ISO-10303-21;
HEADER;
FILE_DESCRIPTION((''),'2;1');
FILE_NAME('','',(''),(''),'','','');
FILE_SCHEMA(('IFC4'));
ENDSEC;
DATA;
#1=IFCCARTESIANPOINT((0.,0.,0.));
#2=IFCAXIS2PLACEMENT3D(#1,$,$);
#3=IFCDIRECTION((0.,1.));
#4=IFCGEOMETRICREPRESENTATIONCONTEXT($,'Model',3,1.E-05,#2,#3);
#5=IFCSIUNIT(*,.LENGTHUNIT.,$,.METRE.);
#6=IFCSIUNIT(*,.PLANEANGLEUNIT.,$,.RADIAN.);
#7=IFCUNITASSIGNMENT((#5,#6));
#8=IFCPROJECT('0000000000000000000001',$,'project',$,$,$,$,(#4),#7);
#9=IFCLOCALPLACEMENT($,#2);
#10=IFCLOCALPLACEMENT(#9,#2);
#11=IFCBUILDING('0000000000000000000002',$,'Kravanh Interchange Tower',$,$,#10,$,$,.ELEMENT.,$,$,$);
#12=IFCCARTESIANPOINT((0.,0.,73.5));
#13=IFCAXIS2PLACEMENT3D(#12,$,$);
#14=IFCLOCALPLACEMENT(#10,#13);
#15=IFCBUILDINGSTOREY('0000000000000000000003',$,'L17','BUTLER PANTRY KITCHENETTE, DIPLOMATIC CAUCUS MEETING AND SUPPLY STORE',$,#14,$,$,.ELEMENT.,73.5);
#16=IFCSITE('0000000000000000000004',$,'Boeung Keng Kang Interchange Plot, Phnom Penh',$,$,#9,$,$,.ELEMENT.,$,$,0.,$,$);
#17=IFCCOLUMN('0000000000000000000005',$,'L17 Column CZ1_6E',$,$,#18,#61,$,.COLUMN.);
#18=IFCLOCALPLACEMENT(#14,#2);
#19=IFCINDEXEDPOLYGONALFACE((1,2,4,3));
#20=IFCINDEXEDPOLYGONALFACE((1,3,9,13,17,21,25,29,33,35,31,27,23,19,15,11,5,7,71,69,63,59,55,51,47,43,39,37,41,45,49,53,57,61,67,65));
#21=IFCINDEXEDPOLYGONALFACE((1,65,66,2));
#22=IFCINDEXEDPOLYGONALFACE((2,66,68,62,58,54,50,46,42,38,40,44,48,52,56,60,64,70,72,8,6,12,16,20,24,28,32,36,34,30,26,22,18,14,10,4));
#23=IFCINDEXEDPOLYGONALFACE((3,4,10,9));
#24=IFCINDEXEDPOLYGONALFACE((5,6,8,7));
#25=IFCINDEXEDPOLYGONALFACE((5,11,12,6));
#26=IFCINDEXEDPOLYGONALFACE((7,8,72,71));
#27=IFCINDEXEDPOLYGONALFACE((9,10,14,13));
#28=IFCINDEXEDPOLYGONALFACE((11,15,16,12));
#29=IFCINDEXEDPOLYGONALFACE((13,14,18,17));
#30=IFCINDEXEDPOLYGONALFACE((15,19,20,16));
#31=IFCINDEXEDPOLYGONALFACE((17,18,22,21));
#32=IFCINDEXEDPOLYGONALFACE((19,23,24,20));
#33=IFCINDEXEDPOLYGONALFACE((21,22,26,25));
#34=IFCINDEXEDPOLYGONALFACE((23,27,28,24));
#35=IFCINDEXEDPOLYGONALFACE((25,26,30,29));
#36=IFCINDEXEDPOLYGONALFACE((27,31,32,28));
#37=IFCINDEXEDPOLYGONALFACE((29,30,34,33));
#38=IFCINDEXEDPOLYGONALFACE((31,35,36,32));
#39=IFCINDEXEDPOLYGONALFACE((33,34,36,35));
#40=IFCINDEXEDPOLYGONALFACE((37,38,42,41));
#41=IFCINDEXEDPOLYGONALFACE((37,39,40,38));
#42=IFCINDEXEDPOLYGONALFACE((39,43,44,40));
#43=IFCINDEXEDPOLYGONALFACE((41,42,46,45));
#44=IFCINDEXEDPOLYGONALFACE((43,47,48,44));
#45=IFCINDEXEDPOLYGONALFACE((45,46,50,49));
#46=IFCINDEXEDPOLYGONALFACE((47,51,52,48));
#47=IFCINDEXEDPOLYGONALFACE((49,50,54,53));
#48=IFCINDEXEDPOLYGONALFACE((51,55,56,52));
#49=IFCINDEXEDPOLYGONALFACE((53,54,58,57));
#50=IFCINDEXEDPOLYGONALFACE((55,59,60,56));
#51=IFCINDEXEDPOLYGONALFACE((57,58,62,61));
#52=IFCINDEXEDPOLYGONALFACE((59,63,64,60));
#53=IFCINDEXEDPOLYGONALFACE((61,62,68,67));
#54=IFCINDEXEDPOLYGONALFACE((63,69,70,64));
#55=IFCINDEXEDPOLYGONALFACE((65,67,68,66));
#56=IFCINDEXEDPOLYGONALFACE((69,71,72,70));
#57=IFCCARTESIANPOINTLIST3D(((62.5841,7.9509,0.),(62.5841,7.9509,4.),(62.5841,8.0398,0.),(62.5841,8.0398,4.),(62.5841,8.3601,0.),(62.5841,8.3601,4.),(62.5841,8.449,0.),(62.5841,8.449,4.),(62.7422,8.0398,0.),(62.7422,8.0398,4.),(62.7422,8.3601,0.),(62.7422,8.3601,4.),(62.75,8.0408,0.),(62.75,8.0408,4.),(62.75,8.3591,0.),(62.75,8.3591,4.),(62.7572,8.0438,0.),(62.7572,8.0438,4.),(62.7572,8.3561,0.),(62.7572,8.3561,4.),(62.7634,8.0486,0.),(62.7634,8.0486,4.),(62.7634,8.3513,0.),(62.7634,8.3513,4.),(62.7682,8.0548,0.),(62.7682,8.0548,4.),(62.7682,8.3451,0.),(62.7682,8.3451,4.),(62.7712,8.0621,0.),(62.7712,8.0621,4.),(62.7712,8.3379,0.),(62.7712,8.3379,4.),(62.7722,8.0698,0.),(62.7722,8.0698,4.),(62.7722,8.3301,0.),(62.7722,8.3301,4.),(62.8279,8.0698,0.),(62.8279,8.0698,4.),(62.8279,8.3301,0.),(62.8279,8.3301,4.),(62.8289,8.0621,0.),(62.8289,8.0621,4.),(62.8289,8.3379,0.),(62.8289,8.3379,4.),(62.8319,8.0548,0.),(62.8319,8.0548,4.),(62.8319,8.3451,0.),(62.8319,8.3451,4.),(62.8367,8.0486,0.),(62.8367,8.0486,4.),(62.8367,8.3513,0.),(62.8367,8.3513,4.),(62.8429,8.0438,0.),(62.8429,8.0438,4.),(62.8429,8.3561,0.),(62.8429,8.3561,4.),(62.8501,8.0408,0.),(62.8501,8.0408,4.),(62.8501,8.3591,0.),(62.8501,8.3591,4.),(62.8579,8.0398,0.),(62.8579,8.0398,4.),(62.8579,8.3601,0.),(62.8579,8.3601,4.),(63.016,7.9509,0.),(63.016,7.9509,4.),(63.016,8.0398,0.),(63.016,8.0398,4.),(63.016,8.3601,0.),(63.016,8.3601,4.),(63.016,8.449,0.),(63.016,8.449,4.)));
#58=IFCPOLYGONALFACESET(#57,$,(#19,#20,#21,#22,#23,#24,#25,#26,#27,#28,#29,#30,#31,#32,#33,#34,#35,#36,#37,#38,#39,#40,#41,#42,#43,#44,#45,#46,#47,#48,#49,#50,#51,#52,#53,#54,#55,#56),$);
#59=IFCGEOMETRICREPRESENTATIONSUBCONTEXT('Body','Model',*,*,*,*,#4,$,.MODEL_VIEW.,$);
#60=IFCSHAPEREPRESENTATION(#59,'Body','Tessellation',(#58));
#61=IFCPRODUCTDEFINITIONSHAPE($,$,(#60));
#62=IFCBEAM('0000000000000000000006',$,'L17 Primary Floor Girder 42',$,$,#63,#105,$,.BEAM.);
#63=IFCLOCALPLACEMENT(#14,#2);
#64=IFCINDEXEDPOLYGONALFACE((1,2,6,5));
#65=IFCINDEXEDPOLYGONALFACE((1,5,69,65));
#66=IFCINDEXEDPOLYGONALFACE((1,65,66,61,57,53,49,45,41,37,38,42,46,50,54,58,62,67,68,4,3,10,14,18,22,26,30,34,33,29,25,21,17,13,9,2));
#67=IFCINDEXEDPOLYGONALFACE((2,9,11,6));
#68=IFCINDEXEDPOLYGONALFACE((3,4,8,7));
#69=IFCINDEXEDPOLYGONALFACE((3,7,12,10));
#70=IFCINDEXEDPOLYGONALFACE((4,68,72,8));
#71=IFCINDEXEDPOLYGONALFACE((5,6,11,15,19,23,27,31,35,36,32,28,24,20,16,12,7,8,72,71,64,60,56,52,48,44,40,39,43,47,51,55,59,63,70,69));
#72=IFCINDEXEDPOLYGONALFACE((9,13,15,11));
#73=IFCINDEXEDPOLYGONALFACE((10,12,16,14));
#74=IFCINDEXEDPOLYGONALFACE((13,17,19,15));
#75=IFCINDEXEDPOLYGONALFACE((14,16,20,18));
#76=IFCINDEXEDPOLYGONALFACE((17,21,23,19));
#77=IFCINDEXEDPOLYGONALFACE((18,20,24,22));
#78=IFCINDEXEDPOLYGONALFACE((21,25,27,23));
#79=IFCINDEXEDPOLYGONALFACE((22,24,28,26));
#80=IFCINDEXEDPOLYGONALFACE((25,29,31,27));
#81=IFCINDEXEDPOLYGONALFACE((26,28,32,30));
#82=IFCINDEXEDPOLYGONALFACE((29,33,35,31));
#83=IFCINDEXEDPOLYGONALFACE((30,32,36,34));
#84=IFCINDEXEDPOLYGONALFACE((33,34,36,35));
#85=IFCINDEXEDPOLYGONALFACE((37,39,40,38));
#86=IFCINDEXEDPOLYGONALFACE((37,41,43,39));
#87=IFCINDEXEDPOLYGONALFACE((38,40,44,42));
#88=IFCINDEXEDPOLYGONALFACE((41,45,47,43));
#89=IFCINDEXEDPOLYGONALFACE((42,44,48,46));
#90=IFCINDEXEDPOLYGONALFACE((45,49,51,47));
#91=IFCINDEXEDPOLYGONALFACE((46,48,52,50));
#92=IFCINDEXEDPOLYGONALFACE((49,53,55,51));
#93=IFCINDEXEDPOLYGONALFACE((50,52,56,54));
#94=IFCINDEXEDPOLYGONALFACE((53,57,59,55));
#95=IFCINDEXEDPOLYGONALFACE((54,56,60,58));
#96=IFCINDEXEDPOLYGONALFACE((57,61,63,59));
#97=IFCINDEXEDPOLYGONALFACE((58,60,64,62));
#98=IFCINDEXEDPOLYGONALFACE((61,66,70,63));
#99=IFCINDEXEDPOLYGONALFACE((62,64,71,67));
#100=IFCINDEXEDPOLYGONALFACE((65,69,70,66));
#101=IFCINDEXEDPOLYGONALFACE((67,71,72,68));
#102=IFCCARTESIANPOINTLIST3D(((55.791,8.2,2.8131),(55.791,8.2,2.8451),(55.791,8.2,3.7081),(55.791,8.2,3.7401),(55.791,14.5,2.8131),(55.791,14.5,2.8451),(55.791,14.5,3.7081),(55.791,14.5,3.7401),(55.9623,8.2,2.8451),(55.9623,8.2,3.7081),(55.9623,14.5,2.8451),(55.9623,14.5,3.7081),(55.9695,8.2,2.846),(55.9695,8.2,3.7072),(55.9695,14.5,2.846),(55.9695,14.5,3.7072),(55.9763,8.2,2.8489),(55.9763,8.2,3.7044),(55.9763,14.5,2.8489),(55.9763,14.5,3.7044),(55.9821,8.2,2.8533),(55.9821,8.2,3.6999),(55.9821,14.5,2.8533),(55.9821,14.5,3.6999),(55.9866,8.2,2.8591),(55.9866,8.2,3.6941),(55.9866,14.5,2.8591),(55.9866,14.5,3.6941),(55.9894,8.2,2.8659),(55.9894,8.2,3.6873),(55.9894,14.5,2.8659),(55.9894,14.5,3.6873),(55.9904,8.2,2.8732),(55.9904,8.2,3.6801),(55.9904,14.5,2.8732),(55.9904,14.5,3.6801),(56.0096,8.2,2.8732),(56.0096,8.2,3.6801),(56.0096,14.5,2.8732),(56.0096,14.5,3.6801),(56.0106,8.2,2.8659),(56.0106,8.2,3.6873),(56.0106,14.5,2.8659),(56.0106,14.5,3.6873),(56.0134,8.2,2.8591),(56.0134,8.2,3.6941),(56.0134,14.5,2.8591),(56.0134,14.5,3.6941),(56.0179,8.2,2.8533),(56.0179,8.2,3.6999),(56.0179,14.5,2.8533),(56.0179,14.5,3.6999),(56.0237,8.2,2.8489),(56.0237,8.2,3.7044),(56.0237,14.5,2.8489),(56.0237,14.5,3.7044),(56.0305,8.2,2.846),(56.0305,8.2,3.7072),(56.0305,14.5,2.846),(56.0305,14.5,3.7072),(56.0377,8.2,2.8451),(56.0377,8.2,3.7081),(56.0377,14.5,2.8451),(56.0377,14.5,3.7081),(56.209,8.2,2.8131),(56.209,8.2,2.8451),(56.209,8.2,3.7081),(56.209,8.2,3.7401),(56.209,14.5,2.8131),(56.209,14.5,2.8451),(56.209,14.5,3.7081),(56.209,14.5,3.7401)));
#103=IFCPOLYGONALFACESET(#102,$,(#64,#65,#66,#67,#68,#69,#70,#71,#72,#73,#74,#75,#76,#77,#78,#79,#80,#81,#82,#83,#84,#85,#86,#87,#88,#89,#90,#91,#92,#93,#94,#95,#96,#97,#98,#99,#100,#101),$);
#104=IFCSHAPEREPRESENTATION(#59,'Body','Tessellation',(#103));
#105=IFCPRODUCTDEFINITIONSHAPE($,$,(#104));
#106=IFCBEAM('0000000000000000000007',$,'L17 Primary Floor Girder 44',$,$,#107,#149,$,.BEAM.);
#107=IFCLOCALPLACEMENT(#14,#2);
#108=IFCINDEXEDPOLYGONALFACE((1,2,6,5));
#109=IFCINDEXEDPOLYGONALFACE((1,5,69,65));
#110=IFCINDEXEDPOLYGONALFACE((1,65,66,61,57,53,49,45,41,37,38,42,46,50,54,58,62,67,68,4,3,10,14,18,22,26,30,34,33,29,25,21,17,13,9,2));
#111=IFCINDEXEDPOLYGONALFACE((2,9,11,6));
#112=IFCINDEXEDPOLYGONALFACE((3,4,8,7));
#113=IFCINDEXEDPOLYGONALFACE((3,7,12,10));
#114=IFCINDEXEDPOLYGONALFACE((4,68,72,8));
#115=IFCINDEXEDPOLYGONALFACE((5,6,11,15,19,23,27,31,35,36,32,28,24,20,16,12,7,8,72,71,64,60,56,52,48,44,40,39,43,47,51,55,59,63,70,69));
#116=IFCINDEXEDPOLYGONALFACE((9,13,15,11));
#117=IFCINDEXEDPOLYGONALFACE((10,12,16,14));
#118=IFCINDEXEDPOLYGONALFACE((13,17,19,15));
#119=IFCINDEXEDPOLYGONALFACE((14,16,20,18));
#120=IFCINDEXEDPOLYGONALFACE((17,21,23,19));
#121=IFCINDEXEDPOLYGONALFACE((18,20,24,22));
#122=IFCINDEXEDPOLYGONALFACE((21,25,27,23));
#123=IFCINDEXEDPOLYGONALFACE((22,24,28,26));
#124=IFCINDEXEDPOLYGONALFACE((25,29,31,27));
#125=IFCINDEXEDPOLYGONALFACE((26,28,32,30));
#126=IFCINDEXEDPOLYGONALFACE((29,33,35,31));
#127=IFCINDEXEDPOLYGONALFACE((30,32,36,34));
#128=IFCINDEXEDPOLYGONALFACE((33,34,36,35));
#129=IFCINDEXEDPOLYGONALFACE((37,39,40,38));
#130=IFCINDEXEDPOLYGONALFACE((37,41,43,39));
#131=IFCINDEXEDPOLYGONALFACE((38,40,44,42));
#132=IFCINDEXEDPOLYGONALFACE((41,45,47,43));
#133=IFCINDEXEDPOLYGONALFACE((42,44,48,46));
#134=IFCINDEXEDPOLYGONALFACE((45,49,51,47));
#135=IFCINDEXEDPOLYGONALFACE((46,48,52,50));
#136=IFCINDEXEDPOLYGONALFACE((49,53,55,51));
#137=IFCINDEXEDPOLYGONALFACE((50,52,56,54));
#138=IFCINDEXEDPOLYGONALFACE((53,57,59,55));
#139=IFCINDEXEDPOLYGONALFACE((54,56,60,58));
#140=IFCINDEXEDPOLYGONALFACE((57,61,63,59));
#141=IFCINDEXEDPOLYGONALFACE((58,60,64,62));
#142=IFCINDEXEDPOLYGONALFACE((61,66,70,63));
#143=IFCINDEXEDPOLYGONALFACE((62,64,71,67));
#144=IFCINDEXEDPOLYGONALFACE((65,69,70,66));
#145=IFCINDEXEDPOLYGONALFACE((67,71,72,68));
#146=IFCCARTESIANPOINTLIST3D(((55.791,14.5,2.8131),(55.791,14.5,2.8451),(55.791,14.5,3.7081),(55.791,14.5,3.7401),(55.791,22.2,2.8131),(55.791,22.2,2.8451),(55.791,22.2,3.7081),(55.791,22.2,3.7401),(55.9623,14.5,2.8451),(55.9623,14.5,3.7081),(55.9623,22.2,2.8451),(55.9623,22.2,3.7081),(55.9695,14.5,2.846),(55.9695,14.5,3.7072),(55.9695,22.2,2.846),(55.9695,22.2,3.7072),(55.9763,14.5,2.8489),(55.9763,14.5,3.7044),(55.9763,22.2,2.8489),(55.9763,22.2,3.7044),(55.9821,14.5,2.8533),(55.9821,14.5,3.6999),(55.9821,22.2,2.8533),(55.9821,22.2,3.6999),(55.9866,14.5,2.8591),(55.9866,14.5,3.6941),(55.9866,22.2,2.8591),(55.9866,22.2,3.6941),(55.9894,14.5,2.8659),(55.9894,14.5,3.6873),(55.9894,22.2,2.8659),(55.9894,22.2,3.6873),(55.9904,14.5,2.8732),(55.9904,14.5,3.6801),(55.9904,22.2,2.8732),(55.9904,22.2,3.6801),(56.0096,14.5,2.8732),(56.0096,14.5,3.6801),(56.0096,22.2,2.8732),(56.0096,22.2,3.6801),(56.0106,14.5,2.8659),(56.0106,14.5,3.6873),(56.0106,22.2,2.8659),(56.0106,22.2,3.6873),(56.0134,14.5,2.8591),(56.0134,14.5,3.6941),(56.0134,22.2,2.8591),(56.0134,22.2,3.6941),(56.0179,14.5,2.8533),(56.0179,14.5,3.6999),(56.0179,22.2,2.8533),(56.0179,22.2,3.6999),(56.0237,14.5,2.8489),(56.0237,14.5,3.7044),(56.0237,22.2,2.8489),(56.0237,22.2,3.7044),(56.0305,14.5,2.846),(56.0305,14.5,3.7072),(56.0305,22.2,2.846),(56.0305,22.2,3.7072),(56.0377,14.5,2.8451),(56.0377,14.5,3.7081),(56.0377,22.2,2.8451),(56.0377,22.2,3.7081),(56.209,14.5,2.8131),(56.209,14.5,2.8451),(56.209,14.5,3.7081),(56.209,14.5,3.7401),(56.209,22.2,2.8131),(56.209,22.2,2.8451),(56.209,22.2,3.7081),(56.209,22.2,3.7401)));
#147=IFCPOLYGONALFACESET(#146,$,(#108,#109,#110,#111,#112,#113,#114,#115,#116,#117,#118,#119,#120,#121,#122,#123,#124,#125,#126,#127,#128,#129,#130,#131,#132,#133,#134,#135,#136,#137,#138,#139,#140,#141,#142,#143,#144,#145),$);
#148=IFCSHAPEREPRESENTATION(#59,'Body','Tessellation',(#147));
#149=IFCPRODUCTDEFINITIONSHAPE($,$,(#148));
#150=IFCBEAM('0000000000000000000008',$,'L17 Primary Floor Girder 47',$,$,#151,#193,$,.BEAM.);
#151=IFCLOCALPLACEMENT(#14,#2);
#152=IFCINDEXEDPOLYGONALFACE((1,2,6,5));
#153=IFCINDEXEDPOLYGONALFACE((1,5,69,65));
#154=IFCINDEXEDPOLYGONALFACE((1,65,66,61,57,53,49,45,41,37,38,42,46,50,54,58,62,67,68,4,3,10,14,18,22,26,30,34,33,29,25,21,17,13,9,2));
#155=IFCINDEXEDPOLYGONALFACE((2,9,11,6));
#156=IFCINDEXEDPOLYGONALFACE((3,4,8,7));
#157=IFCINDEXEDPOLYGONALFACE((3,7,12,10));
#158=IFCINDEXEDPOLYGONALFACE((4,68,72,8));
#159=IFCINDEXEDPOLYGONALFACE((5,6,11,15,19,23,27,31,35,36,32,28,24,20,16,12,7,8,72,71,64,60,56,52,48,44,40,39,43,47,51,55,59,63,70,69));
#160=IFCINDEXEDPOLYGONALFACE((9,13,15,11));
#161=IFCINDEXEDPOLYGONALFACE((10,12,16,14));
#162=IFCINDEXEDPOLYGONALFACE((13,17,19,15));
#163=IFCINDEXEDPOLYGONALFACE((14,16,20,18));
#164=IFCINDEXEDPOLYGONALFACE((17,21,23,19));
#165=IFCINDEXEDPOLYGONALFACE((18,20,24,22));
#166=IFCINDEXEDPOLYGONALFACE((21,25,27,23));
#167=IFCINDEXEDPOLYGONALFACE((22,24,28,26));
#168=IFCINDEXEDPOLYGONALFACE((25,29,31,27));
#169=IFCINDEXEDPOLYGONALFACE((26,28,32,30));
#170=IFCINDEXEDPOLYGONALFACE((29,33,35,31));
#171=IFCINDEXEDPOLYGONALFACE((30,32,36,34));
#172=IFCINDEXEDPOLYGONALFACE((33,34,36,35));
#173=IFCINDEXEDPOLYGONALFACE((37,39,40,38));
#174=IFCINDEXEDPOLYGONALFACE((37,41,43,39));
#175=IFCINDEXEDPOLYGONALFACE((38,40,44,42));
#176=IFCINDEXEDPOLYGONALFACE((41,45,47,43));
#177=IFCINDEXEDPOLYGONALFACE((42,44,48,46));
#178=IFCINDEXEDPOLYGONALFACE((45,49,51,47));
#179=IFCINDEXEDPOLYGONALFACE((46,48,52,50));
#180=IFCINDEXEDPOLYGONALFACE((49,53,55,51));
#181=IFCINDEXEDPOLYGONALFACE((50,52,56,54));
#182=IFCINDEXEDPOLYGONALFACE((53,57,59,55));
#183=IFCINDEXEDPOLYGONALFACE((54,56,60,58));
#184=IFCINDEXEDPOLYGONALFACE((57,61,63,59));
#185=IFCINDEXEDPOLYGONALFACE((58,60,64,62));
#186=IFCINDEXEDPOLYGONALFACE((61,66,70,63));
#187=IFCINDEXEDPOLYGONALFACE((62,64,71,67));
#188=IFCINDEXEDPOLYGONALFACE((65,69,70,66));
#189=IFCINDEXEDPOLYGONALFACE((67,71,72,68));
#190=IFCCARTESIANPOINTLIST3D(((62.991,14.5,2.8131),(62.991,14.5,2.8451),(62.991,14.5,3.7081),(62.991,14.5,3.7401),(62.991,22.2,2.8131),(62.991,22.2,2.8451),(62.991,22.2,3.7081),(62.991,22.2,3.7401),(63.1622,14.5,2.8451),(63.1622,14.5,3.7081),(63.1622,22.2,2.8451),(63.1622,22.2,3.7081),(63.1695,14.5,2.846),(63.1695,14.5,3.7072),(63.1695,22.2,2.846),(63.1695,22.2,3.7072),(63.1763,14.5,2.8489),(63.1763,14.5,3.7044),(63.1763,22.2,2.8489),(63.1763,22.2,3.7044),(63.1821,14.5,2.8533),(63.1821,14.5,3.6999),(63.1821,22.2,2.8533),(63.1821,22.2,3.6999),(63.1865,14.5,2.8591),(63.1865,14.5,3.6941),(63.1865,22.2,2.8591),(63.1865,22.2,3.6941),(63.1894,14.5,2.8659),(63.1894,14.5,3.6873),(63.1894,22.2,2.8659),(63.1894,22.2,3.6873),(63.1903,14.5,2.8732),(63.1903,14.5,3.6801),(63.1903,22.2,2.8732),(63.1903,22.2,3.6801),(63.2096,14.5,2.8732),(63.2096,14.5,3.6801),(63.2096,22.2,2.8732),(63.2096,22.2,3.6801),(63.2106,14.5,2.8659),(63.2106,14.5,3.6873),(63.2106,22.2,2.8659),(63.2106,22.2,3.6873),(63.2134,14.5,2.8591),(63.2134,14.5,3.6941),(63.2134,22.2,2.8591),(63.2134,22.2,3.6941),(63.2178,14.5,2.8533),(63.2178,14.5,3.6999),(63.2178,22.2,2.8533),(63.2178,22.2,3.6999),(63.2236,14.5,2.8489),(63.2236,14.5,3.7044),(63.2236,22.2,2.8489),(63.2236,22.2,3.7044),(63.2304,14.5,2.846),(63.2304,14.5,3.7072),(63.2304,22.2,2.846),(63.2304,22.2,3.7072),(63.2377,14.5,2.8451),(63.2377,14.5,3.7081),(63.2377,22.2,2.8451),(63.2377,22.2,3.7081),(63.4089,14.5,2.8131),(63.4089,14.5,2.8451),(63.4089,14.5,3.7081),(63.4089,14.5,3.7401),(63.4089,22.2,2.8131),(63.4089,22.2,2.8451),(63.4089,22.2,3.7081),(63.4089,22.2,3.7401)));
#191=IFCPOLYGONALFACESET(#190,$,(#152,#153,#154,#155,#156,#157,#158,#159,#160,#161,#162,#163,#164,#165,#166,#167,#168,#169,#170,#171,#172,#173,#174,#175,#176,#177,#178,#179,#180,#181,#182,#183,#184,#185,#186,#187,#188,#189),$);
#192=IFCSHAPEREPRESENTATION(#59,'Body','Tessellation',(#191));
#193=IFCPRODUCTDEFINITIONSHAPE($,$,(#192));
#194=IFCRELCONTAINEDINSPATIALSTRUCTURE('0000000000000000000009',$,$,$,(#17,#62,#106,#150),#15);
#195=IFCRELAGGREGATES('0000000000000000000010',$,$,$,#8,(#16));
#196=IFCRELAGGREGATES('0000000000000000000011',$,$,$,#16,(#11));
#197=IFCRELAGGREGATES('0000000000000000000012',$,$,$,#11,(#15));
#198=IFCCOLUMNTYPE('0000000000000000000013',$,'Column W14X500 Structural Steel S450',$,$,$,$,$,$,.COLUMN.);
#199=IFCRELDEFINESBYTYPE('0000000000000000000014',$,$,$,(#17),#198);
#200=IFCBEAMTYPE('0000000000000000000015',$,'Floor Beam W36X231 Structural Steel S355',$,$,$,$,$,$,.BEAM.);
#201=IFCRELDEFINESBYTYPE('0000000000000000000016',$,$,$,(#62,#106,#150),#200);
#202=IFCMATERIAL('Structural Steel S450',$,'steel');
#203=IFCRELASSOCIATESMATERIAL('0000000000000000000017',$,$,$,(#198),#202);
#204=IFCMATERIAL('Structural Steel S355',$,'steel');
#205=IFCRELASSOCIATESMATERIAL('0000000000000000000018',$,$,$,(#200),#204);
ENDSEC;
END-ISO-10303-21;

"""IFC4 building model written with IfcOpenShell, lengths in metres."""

from ifc_helpers import new_model, si_unit, direction, frame, origin, origin_2d, place, context, subcontext, project, spatial, i_section, extrude, material, material_profile, profile_set, type_object, element, save


model = new_model("IFC4")

# Units and contexts
model_context = context("Model", 3, precision=1e-05, world=origin(), true_north=direction((0.0, 1.0)))
body_context = subcontext(model_context, "Body", "Model", "MODEL_VIEW")
ifc_project = project(units=[si_unit("LENGTHUNIT", "METRE"), si_unit("PLANEANGLEUNIT", "RADIAN")], contexts=[model_context])

# Site, building, storey
site_placement = place(None, origin())
site = spatial("IfcSite", under=ifc_project, at=site_placement, Name="Boeung Keng Kang Interchange Plot, Phnom Penh", CompositionType="ELEMENT", RefElevation=0.0)
building_placement = place(site_placement, origin())
building = spatial("IfcBuilding", under=site, at=building_placement, Name="Kravanh Interchange Tower", CompositionType="ELEMENT")
storey_placement = place(building_placement, frame((0.0, 0.0, 73.5)))
storey = spatial("IfcBuildingStorey", under=building, at=storey_placement, Name="L17", Description="BUTLER PANTRY KITCHENETTE, DIPLOMATIC CAUCUS MEETING AND SUPPLY STORE", CompositionType="ELEMENT", Elevation=73.5)

# Column
ifc_material_1 = material(Name="Structural Steel S450", Category="steel")
ifc_material_profile_1 = material_profile(ifc_material_1, i_section(OverallWidth=0.4319, OverallDepth=0.498, WebThickness=0.0557, FlangeThickness=0.0889, FilletRadius=0.03, at=origin_2d()), Name="W14X500")
ifc_profile_set_1 = profile_set([ifc_material_profile_1], Name="Structural Steel S450")
column_type = type_object("IfcColumnType", Name="Column W14X500 Structural Steel S450", PredefinedType="COLUMN", material=ifc_profile_set_1)
for number, where, z_axis, x_axis, name in (
    (1, (62.8, 8.2, 0.0), (0.0, 0.0, 1.0), (1.0, 0.0, 0.0), "L17 Column CZ1_6E"),
):
    element("IfcColumn", number, at=place(storey_placement, frame(where, z_axis=z_axis, x_axis=x_axis)), inside=storey, type_object=column_type, Name=name, PredefinedType="COLUMN", context=body_context, shape_type="SweptSolid", body=[
        extrude(i_section(OverallWidth=0.4319, OverallDepth=0.498, WebThickness=0.0557, FlangeThickness=0.0889, FilletRadius=0.03, at=origin_2d()), origin(), (0.0, 0.0, 1.0), 4.0),
    ])

# Beams
ifc_material_2 = material(Name="Structural Steel S355", Category="steel")
ifc_material_profile_2 = material_profile(ifc_material_2, i_section(OverallWidth=0.418, OverallDepth=0.927, WebThickness=0.0193, FlangeThickness=0.032, FilletRadius=0.0281, at=origin_2d()), Name="W36X231")
ifc_profile_set_2 = profile_set([ifc_material_profile_2], Name="Structural Steel S355")
beam_type_1 = type_object("IfcBeamType", Name="Floor Beam W36X231 Structural Steel S355", PredefinedType="BEAM", material=ifc_profile_set_2)
beam_1_placement = place(storey_placement, frame((56.0, 14.5, 3.2766), z_axis=(0.0, -1.0, 0.0), x_axis=(1.0, 0.0, 0.0)))
element("IfcBeam", 2, at=beam_1_placement, inside=storey, type_object=beam_type_1, Name="L17 Primary Floor Girder 42", PredefinedType="BEAM", context=body_context, shape_type="SweptSolid", body=[
    extrude(i_section(OverallWidth=0.418, OverallDepth=0.927, WebThickness=0.0193, FlangeThickness=0.032, FilletRadius=0.0281, at=origin_2d()), origin(), (0.0, 0.0, 1.0), 6.3),
])
for number, where, z_axis, x_axis, name in (
    (3, (56.0, 14.5, 3.2766), (0.0, 1.0, 0.0), (-1.0, 0.0, 0.0), "L17 Primary Floor Girder 44"),
    (4, (63.2, 14.5, 3.2766), (0.0, 1.0, 0.0), (-1.0, 0.0, 0.0), "L17 Primary Floor Girder 47"),
):
    element("IfcBeam", number, at=place(storey_placement, frame(where, z_axis=z_axis, x_axis=x_axis)), inside=storey, type_object=beam_type_1, Name=name, PredefinedType="BEAM", context=body_context, shape_type="SweptSolid", body=[
        extrude(i_section(OverallWidth=0.418, OverallDepth=0.927, WebThickness=0.0193, FlangeThickness=0.032, FilletRadius=0.0281, at=origin_2d()), origin(), (0.0, 0.0, 1.0), 7.7),
    ])

save(model, "model.ifc")
